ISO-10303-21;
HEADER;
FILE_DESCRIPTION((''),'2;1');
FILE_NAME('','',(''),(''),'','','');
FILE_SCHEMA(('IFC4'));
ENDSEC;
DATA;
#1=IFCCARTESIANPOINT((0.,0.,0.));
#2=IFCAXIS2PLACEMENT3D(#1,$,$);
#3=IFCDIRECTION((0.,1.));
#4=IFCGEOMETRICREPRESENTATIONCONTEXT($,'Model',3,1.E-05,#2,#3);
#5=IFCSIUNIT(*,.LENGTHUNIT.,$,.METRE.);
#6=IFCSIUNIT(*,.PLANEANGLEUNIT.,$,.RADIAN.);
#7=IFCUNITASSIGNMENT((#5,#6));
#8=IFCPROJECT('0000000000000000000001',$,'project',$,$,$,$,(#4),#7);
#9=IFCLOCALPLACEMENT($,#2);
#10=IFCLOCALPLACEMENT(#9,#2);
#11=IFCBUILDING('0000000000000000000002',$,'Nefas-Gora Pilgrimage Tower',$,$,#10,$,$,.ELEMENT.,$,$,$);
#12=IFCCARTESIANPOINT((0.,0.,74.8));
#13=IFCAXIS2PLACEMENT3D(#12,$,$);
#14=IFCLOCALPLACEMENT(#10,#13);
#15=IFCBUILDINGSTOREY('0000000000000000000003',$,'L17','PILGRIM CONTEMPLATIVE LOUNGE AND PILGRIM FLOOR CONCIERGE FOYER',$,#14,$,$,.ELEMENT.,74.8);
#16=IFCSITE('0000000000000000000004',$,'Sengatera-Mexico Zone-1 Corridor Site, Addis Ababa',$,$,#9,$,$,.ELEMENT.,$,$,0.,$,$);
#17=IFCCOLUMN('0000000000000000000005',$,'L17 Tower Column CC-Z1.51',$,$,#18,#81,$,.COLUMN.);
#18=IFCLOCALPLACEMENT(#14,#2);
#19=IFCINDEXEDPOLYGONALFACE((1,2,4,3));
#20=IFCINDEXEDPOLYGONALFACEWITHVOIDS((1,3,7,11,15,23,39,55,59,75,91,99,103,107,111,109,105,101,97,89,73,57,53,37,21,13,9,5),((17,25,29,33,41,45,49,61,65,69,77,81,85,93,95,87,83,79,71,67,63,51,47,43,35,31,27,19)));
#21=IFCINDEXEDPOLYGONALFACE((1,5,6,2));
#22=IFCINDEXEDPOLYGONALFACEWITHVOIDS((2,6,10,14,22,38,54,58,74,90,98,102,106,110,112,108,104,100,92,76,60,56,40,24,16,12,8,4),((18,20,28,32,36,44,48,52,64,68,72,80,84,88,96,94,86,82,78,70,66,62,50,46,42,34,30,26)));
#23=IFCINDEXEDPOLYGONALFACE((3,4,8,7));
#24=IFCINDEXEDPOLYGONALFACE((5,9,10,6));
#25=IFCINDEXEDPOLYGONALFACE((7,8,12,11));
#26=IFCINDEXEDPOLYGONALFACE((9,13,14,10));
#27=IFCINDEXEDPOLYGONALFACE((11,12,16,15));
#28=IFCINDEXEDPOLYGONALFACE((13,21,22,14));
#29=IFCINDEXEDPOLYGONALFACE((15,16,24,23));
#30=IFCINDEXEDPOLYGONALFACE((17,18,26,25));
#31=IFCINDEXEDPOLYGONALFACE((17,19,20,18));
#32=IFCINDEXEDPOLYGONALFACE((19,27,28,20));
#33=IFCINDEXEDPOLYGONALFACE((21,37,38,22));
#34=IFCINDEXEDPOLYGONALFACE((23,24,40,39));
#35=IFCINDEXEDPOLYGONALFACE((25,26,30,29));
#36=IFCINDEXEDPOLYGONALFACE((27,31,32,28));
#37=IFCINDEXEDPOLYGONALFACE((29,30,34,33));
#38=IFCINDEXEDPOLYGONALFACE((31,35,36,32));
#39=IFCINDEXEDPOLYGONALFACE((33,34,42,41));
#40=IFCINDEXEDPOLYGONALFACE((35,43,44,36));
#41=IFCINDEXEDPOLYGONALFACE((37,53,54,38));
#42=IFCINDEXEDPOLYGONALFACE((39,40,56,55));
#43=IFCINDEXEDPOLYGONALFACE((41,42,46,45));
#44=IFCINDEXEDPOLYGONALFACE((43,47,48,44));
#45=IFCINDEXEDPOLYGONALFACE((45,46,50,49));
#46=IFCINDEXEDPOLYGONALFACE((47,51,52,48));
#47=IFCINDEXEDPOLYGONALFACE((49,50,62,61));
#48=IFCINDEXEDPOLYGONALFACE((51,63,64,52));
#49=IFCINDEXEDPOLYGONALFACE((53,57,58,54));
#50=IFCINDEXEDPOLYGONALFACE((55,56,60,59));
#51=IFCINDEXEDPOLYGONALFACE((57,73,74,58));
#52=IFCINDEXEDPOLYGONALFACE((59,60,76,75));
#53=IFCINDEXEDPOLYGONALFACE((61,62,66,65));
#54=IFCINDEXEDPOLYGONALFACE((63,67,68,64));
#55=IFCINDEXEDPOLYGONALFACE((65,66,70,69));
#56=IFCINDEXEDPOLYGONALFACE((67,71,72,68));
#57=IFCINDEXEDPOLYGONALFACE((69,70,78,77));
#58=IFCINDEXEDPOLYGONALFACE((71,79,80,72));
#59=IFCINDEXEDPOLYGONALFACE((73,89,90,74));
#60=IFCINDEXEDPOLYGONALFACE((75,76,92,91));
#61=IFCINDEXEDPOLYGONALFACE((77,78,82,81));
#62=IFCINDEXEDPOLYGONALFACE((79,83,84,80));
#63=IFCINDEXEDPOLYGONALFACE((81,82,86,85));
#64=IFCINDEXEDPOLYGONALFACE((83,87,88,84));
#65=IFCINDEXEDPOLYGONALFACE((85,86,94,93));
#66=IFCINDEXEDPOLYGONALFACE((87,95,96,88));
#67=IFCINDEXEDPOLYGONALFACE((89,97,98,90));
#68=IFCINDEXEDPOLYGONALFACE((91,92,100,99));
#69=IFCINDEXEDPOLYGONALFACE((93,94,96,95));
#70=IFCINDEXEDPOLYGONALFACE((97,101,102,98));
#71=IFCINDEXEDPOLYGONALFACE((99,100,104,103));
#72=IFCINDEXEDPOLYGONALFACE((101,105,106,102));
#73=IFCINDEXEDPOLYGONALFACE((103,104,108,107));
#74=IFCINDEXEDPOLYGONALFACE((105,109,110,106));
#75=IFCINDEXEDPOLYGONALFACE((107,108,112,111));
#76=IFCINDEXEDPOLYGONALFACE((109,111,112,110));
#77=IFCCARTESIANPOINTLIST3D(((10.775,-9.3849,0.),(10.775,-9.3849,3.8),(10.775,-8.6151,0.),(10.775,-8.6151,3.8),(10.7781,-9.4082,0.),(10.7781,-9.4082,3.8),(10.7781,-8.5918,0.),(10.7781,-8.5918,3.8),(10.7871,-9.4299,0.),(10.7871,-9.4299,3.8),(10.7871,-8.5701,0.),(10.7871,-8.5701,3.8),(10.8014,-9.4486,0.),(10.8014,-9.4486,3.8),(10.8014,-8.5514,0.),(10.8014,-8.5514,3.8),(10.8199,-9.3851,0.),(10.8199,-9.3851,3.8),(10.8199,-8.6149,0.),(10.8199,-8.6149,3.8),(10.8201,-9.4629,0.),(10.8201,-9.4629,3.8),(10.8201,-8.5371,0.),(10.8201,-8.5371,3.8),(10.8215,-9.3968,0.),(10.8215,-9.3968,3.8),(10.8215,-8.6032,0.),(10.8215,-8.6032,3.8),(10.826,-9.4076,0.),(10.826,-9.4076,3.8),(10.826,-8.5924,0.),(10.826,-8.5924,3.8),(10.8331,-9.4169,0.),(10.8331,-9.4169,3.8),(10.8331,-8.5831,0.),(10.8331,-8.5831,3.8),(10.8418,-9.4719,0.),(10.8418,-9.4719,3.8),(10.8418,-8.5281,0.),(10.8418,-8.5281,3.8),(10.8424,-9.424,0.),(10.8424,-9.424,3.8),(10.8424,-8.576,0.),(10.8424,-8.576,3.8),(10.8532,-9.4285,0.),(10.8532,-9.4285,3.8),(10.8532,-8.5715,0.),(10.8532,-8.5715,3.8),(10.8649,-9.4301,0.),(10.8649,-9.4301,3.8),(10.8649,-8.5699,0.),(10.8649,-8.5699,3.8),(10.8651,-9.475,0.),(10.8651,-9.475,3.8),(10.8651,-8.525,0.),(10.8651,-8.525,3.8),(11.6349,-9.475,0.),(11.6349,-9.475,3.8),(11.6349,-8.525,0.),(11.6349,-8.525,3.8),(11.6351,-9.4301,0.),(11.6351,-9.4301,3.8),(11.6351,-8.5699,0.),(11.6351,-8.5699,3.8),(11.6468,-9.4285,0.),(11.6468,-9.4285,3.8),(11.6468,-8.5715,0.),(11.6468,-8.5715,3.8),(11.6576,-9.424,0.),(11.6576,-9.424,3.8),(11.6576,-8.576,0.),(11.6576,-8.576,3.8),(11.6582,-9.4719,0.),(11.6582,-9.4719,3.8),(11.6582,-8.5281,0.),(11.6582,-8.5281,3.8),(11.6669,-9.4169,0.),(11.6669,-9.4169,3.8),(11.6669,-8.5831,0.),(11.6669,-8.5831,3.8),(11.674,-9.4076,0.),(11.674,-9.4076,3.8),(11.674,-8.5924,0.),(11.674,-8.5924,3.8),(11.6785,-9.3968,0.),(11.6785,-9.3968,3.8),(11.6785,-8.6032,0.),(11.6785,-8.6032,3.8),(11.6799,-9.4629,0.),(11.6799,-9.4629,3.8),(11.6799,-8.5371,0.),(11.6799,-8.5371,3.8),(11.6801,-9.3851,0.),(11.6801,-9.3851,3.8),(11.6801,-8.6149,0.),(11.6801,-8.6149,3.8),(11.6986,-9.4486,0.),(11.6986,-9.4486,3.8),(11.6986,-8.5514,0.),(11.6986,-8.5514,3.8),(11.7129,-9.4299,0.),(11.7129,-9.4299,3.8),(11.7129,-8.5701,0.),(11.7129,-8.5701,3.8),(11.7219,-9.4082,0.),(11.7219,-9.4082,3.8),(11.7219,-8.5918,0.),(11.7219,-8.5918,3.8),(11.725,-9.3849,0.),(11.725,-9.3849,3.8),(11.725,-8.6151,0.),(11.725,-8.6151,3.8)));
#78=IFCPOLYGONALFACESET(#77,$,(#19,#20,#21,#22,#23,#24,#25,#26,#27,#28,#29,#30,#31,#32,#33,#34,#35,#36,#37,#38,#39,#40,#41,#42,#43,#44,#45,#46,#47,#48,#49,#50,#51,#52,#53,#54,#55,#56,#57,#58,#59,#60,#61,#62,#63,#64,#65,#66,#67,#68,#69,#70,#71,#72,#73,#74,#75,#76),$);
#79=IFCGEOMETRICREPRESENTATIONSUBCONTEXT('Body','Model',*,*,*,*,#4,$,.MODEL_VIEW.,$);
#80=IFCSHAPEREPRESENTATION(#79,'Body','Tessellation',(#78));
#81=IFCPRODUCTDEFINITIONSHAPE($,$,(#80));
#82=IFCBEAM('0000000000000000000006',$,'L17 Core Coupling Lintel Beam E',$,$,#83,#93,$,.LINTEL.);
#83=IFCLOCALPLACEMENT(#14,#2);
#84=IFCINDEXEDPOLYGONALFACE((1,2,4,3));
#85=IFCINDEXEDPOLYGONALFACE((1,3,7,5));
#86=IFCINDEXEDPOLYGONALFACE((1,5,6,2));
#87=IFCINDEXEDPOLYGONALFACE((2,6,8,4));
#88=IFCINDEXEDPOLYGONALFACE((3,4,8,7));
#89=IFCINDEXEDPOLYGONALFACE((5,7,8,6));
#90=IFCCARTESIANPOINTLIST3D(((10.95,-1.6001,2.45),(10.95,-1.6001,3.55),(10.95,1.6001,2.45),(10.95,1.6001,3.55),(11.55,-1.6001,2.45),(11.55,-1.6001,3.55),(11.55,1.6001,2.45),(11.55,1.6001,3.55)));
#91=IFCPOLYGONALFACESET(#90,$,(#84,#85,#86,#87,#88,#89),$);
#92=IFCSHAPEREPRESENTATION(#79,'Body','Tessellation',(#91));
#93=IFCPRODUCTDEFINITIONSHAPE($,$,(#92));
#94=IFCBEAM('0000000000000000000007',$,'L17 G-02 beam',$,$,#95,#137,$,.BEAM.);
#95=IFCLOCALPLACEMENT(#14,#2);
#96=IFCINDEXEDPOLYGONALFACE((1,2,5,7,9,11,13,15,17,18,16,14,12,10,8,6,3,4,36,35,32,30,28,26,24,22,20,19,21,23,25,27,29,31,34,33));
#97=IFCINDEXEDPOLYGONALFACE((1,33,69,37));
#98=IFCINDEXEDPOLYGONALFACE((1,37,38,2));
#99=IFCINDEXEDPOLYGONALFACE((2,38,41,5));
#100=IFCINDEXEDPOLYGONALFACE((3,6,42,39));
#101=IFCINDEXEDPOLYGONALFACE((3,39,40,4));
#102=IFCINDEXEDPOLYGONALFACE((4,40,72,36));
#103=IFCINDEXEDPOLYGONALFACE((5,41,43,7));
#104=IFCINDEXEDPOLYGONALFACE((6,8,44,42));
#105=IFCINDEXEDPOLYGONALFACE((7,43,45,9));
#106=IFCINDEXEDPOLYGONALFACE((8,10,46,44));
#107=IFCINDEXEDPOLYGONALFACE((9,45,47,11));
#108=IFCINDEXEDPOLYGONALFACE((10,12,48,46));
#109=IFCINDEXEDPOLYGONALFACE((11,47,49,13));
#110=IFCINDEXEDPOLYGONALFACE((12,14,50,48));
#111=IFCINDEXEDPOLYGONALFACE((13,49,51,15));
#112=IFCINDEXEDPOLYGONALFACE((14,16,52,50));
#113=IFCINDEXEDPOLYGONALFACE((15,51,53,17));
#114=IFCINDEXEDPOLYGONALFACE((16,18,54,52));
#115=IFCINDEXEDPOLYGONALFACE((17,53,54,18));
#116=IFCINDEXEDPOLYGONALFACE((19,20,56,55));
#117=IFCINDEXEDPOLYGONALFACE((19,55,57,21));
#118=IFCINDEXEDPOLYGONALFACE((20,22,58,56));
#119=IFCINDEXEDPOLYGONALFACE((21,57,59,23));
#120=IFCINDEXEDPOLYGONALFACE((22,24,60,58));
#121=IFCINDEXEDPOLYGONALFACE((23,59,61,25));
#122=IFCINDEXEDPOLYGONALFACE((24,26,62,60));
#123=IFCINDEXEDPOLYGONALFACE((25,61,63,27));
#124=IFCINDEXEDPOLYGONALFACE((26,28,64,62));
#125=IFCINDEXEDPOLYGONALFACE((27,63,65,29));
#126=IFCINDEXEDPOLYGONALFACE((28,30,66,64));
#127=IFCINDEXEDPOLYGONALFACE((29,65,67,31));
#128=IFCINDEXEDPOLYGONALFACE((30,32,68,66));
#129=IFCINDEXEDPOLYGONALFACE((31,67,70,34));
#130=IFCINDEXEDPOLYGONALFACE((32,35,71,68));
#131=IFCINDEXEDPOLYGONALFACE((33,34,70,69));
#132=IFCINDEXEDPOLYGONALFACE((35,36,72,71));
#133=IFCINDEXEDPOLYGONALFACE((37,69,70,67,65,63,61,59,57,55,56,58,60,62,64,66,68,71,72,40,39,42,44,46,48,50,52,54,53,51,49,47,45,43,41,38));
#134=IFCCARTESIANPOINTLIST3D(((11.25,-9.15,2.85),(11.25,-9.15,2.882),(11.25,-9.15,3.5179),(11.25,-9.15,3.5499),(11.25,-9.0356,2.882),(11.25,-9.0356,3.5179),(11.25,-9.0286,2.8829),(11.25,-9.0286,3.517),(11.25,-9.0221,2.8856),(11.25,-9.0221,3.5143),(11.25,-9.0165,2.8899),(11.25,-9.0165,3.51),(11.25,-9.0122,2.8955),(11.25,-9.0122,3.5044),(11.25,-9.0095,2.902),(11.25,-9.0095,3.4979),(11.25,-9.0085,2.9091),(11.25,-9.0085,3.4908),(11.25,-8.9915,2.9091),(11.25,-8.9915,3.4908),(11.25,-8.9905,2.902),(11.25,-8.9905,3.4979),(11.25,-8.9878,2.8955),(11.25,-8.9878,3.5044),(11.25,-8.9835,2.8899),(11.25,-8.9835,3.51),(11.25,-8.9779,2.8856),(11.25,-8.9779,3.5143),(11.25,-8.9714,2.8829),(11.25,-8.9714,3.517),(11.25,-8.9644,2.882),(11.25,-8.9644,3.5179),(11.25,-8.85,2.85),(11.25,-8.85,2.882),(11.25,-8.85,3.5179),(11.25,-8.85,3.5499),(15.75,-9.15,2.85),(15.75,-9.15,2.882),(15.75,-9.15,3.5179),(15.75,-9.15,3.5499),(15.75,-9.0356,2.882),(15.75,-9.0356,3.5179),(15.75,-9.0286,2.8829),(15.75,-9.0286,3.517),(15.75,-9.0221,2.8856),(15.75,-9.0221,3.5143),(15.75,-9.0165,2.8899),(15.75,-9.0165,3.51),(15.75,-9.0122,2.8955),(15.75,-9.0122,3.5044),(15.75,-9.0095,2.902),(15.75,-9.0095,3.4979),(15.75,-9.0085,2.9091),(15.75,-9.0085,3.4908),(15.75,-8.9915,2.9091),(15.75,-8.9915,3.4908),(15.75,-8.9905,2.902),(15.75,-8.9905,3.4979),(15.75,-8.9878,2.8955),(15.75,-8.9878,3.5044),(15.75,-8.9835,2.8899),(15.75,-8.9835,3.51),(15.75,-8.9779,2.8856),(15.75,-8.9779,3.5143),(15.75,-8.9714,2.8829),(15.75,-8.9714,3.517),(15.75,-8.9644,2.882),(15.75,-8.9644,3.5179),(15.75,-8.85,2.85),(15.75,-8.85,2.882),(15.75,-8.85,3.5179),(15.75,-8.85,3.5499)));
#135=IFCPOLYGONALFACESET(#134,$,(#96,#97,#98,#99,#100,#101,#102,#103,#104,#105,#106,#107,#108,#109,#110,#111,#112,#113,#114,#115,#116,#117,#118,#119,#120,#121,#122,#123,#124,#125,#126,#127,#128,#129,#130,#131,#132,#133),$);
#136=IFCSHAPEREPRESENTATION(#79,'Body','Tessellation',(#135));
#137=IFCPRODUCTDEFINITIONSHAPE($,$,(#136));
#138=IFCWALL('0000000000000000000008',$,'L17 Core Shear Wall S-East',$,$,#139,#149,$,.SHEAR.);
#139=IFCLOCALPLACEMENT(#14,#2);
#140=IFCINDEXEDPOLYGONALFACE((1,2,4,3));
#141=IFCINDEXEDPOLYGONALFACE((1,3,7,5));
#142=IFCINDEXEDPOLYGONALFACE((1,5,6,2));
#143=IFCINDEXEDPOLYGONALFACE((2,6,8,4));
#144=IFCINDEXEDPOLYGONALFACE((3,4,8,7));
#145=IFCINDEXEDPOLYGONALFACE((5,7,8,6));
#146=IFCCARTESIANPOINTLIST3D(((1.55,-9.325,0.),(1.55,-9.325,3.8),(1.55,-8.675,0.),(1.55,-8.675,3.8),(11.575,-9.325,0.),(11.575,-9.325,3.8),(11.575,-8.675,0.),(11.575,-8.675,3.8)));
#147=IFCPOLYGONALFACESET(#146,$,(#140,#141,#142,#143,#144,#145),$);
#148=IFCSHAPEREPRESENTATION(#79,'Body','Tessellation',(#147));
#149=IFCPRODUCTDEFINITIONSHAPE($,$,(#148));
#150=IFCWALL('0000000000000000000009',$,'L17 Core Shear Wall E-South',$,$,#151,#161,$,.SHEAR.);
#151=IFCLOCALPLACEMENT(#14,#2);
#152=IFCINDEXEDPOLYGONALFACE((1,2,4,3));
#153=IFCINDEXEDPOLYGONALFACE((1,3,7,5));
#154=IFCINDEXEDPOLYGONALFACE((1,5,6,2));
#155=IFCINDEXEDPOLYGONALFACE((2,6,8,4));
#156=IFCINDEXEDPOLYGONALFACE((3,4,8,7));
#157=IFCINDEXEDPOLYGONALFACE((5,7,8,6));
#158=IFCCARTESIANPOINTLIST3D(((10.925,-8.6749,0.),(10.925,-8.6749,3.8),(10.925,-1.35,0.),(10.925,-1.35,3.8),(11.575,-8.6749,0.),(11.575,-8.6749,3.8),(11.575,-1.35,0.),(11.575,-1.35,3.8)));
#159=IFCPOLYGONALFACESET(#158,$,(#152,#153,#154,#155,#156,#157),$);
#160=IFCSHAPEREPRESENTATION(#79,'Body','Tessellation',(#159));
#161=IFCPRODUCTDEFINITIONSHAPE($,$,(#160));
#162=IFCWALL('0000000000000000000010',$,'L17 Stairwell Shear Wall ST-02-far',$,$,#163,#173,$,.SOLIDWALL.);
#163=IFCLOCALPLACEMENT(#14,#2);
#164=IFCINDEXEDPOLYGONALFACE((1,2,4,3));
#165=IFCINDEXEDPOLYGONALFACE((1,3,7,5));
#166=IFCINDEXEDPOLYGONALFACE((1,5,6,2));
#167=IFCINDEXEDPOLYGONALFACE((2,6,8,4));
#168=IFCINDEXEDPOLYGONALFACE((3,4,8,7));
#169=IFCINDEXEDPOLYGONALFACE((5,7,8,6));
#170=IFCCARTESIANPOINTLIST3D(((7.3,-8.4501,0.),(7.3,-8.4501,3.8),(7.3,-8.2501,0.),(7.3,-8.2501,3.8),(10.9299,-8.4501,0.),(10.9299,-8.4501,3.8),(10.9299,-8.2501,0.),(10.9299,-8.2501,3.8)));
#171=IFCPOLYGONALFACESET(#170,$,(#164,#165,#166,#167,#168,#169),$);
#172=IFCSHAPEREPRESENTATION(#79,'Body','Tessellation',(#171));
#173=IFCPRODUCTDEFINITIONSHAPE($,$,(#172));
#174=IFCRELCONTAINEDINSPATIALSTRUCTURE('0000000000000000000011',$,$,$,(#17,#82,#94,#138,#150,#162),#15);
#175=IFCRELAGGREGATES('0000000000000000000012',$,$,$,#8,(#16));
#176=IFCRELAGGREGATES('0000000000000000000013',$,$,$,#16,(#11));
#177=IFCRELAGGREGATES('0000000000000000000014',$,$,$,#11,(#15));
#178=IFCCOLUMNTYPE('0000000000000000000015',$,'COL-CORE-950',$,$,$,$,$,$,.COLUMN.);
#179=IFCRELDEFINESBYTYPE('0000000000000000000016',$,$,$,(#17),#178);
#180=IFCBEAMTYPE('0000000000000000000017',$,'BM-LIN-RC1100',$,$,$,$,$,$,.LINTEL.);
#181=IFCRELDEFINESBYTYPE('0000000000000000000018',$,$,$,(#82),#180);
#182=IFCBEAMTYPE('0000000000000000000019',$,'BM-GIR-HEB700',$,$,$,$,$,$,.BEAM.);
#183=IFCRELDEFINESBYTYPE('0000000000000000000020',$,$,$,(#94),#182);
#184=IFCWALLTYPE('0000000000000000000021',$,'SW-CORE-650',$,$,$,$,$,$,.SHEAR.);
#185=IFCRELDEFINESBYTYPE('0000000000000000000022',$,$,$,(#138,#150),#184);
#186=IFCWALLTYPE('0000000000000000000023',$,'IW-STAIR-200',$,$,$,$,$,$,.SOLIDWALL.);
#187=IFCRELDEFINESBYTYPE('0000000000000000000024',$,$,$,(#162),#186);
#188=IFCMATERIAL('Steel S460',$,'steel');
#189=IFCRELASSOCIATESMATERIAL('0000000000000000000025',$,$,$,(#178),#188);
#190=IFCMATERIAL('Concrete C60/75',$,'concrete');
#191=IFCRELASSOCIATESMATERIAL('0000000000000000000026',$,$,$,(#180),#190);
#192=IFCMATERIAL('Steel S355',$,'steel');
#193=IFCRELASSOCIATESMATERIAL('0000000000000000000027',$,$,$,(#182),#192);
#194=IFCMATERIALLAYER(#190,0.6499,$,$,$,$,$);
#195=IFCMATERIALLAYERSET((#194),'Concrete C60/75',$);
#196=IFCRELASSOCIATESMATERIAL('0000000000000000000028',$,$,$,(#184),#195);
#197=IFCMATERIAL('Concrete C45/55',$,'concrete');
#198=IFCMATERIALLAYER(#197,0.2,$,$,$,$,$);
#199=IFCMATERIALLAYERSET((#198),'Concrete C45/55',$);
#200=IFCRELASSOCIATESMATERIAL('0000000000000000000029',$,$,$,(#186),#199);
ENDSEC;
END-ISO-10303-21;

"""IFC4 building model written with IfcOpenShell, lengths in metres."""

from ifc_helpers import new_model, si_unit, direction, frame, frame_2d, origin, origin_2d, place, context, subcontext, project, spatial, rectangle, hollow_rectangle, i_section, extrude, source, transform, mapped, material, layer, layer_set, material_profile, profile_set, type_object, element, save


model = new_model("IFC4")

# Units and contexts
model_context = context("Model", 3, precision=1e-05, world=origin(), true_north=direction((0.0, 1.0)))
body_context = subcontext(model_context, "Body", "Model", "MODEL_VIEW")
ifc_project = project(units=[si_unit("LENGTHUNIT", "METRE"), si_unit("PLANEANGLEUNIT", "RADIAN")], contexts=[model_context])

# Site, building, storey
site_placement = place(None, origin())
site = spatial("IfcSite", under=ifc_project, at=site_placement, Name="Sengatera-Mexico Zone-1 Corridor Site, Addis Ababa", CompositionType="ELEMENT", RefElevation=0.0)
building_placement = place(site_placement, origin())
building = spatial("IfcBuilding", under=site, at=building_placement, Name="Nefas-Gora Pilgrimage Tower", CompositionType="ELEMENT")
storey_placement = place(building_placement, frame((0.0, 0.0, 74.8)))
storey = spatial("IfcBuildingStorey", under=building, at=storey_placement, Name="L17", Description="PILGRIM CONTEMPLATIVE LOUNGE AND PILGRIM FLOOR CONCIERGE FOYER", CompositionType="ELEMENT", Elevation=74.8)

# Column
ifc_material_1 = material(Name="Steel S460", Category="steel")
ifc_material_profile_1 = material_profile(ifc_material_1, hollow_rectangle(XDim=0.95, YDim=0.95, WallThickness=0.0449, InnerFilletRadius=0.0449, OuterFilletRadius=0.0901, at=origin_2d()), Name="BOX 950x950x45")
ifc_profile_set_1 = profile_set([ifc_material_profile_1], Name="Steel S460")
column_type = type_object("IfcColumnType", Name="COL-CORE-950", PredefinedType="COLUMN", material=ifc_profile_set_1)
shared_shape_1 = source(origin(), body_context, "Body", "SweptSolid", [
    extrude(hollow_rectangle(XDim=0.95, YDim=0.95, WallThickness=0.0449, InnerFilletRadius=0.0449, OuterFilletRadius=0.0901, at=origin_2d()), origin(), (0.0, 0.0, 1.0), 3.8),
])
column_placement = place(storey_placement, frame((11.25, -9.0, 0.0), z_axis=(0.0, 0.0, 1.0), x_axis=(1.0, 0.0, 0.0)))
element("IfcColumn", 1, at=column_placement, inside=storey, type_object=column_type, Name="L17 Tower Column CC-Z1.51", PredefinedType="COLUMN", context=body_context, shape_type="MappedRepresentation", body=[
    mapped(shared_shape_1, transform((0.0, 0.0, 0.0), x_axis=(1.0, 0.0, 0.0), y_axis=(0.0, 1.0, 0.0), z_axis=(0.0, 0.0, 1.0), scale=1.0)),
])

# Beams
ifc_material_2 = material(Name="Concrete C60/75", Category="concrete")
ifc_material_profile_2 = material_profile(ifc_material_2, rectangle(XDim=0.6001, YDim=1.1001, at=origin_2d()), Name="RC 600x1100")
ifc_profile_set_2 = profile_set([ifc_material_profile_2], Name="Concrete C60/75")
beam_type_1 = type_object("IfcBeamType", Name="BM-LIN-RC1100", PredefinedType="LINTEL", material=ifc_profile_set_2)
shared_shape_2 = source(origin(), body_context, "Body", "SweptSolid", [
    extrude(rectangle(XDim=0.6001, YDim=1.1001, at=origin_2d()), origin(), (0.0, 0.0, 1.0), 3.2002),
])
beam_1_placement = place(storey_placement, frame((11.25, -1.6001, 3.0), z_axis=(0.0, 1.0, 0.0), x_axis=(-1.0, 0.0, 0.0)))
element("IfcBeam", 2, at=beam_1_placement, inside=storey, type_object=beam_type_1, Name="L17 Core Coupling Lintel Beam E", PredefinedType="LINTEL", context=body_context, shape_type="MappedRepresentation", body=[
    mapped(shared_shape_2, transform((0.0, 0.0, 0.0), x_axis=(1.0, 0.0, 0.0), y_axis=(0.0, 1.0, 0.0), z_axis=(0.0, 0.0, 1.0), scale=1.0)),
])
ifc_material_3 = material(Name="Steel S355", Category="steel")
ifc_material_profile_3 = material_profile(ifc_material_3, i_section(OverallWidth=0.3, OverallDepth=0.7, WebThickness=0.0171, FlangeThickness=0.032, FilletRadius=0.0271, at=origin_2d()), Name="HEB 700")
ifc_profile_set_3 = profile_set([ifc_material_profile_3], Name="Steel S355")
beam_type_2 = type_object("IfcBeamType", Name="BM-GIR-HEB700", PredefinedType="BEAM", material=ifc_profile_set_3)
shared_shape_3 = source(origin(), body_context, "Body", "SweptSolid", [
    extrude(i_section(OverallWidth=0.3, OverallDepth=0.7, WebThickness=0.0171, FlangeThickness=0.032, FilletRadius=0.0271, at=origin_2d()), origin(), (0.0, 0.0, 1.0), 4.5),
])
beam_2_placement = place(storey_placement, frame((11.25, -9.0, 3.2), z_axis=(1.0, 0.0, 0.0), x_axis=(0.0, 1.0, 0.0)))
element("IfcBeam", 3, at=beam_2_placement, inside=storey, type_object=beam_type_2, Name="L17 G-02 beam", PredefinedType="BEAM", context=body_context, shape_type="MappedRepresentation", body=[
    mapped(shared_shape_3, transform((0.0, 0.0, 0.0), x_axis=(1.0, 0.0, 0.0), y_axis=(0.0, 1.0, 0.0), z_axis=(0.0, 0.0, 1.0), scale=1.0)),
])

# Walls
ifc_layer_1 = layer(ifc_material_2, 0.6499)
ifc_layer_set_1 = layer_set([ifc_layer_1], Name="Concrete C60/75")
wall_type_1 = type_object("IfcWallType", Name="SW-CORE-650", PredefinedType="SHEAR", material=ifc_layer_set_1)
shared_shape_4 = source(origin(), body_context, "Body", "SweptSolid", [
    extrude(rectangle(XDim=10.0249, YDim=0.6499, at=frame_2d((5.0125, 0.0))), origin(), (0.0, 0.0, 1.0), 3.8),
])
wall_1_placement = place(storey_placement, frame((1.55, -9.0, 0.0), z_axis=(0.0, 0.0, 1.0), x_axis=(1.0, 0.0, 0.0)))
element("IfcWall", 4, at=wall_1_placement, inside=storey, type_object=wall_type_1, Name="L17 Core Shear Wall S-East", PredefinedType="SHEAR", context=body_context, shape_type="MappedRepresentation", body=[
    mapped(shared_shape_4, transform((0.0, 0.0, 0.0), x_axis=(1.0, 0.0, 0.0), y_axis=(0.0, 1.0, 0.0), z_axis=(0.0, 0.0, 1.0), scale=1.0)),
])
shared_shape_5 = source(origin(), body_context, "Body", "SweptSolid", [
    extrude(rectangle(XDim=7.325, YDim=0.6499, at=frame_2d((3.6626, 0.0))), origin(), (0.0, 0.0, 1.0), 3.8),
])
wall_2_placement = place(storey_placement, frame((11.25, -8.675, 0.0), z_axis=(0.0, 0.0, 1.0), x_axis=(0.0, 1.0, 0.0)))
element("IfcWall", 5, at=wall_2_placement, inside=storey, type_object=wall_type_1, Name="L17 Core Shear Wall E-South", PredefinedType="SHEAR", context=body_context, shape_type="MappedRepresentation", body=[
    mapped(shared_shape_5, transform((0.0, 0.0, 0.0), x_axis=(1.0, 0.0, 0.0), y_axis=(0.0, 1.0, 0.0), z_axis=(0.0, 0.0, 1.0), scale=1.0)),
])
ifc_material_4 = material(Name="Concrete C45/55", Category="concrete")
ifc_layer_2 = layer(ifc_material_4, 0.2)
ifc_layer_set_2 = layer_set([ifc_layer_2], Name="Concrete C45/55")
wall_type_2 = type_object("IfcWallType", Name="IW-STAIR-200", PredefinedType="SOLIDWALL", material=ifc_layer_set_2)
shared_shape_6 = source(origin(), body_context, "Body", "SweptSolid", [
    extrude(rectangle(XDim=3.6299, YDim=0.2, at=frame_2d((1.8149, 0.0))), origin(), (0.0, 0.0, 1.0), 3.8),
])
wall_3_placement = place(storey_placement, frame((7.3, -8.3501, 0.0), z_axis=(0.0, 0.0, 1.0), x_axis=(1.0, 0.0, 0.0)))
element("IfcWall", 6, at=wall_3_placement, inside=storey, type_object=wall_type_2, Name="L17 Stairwell Shear Wall ST-02-far", PredefinedType="SOLIDWALL", context=body_context, shape_type="MappedRepresentation", body=[
    mapped(shared_shape_6, transform((0.0, 0.0, 0.0), x_axis=(1.0, 0.0, 0.0), y_axis=(0.0, 1.0, 0.0), z_axis=(0.0, 0.0, 1.0), scale=1.0)),
])

save(model, "model.ifc")
